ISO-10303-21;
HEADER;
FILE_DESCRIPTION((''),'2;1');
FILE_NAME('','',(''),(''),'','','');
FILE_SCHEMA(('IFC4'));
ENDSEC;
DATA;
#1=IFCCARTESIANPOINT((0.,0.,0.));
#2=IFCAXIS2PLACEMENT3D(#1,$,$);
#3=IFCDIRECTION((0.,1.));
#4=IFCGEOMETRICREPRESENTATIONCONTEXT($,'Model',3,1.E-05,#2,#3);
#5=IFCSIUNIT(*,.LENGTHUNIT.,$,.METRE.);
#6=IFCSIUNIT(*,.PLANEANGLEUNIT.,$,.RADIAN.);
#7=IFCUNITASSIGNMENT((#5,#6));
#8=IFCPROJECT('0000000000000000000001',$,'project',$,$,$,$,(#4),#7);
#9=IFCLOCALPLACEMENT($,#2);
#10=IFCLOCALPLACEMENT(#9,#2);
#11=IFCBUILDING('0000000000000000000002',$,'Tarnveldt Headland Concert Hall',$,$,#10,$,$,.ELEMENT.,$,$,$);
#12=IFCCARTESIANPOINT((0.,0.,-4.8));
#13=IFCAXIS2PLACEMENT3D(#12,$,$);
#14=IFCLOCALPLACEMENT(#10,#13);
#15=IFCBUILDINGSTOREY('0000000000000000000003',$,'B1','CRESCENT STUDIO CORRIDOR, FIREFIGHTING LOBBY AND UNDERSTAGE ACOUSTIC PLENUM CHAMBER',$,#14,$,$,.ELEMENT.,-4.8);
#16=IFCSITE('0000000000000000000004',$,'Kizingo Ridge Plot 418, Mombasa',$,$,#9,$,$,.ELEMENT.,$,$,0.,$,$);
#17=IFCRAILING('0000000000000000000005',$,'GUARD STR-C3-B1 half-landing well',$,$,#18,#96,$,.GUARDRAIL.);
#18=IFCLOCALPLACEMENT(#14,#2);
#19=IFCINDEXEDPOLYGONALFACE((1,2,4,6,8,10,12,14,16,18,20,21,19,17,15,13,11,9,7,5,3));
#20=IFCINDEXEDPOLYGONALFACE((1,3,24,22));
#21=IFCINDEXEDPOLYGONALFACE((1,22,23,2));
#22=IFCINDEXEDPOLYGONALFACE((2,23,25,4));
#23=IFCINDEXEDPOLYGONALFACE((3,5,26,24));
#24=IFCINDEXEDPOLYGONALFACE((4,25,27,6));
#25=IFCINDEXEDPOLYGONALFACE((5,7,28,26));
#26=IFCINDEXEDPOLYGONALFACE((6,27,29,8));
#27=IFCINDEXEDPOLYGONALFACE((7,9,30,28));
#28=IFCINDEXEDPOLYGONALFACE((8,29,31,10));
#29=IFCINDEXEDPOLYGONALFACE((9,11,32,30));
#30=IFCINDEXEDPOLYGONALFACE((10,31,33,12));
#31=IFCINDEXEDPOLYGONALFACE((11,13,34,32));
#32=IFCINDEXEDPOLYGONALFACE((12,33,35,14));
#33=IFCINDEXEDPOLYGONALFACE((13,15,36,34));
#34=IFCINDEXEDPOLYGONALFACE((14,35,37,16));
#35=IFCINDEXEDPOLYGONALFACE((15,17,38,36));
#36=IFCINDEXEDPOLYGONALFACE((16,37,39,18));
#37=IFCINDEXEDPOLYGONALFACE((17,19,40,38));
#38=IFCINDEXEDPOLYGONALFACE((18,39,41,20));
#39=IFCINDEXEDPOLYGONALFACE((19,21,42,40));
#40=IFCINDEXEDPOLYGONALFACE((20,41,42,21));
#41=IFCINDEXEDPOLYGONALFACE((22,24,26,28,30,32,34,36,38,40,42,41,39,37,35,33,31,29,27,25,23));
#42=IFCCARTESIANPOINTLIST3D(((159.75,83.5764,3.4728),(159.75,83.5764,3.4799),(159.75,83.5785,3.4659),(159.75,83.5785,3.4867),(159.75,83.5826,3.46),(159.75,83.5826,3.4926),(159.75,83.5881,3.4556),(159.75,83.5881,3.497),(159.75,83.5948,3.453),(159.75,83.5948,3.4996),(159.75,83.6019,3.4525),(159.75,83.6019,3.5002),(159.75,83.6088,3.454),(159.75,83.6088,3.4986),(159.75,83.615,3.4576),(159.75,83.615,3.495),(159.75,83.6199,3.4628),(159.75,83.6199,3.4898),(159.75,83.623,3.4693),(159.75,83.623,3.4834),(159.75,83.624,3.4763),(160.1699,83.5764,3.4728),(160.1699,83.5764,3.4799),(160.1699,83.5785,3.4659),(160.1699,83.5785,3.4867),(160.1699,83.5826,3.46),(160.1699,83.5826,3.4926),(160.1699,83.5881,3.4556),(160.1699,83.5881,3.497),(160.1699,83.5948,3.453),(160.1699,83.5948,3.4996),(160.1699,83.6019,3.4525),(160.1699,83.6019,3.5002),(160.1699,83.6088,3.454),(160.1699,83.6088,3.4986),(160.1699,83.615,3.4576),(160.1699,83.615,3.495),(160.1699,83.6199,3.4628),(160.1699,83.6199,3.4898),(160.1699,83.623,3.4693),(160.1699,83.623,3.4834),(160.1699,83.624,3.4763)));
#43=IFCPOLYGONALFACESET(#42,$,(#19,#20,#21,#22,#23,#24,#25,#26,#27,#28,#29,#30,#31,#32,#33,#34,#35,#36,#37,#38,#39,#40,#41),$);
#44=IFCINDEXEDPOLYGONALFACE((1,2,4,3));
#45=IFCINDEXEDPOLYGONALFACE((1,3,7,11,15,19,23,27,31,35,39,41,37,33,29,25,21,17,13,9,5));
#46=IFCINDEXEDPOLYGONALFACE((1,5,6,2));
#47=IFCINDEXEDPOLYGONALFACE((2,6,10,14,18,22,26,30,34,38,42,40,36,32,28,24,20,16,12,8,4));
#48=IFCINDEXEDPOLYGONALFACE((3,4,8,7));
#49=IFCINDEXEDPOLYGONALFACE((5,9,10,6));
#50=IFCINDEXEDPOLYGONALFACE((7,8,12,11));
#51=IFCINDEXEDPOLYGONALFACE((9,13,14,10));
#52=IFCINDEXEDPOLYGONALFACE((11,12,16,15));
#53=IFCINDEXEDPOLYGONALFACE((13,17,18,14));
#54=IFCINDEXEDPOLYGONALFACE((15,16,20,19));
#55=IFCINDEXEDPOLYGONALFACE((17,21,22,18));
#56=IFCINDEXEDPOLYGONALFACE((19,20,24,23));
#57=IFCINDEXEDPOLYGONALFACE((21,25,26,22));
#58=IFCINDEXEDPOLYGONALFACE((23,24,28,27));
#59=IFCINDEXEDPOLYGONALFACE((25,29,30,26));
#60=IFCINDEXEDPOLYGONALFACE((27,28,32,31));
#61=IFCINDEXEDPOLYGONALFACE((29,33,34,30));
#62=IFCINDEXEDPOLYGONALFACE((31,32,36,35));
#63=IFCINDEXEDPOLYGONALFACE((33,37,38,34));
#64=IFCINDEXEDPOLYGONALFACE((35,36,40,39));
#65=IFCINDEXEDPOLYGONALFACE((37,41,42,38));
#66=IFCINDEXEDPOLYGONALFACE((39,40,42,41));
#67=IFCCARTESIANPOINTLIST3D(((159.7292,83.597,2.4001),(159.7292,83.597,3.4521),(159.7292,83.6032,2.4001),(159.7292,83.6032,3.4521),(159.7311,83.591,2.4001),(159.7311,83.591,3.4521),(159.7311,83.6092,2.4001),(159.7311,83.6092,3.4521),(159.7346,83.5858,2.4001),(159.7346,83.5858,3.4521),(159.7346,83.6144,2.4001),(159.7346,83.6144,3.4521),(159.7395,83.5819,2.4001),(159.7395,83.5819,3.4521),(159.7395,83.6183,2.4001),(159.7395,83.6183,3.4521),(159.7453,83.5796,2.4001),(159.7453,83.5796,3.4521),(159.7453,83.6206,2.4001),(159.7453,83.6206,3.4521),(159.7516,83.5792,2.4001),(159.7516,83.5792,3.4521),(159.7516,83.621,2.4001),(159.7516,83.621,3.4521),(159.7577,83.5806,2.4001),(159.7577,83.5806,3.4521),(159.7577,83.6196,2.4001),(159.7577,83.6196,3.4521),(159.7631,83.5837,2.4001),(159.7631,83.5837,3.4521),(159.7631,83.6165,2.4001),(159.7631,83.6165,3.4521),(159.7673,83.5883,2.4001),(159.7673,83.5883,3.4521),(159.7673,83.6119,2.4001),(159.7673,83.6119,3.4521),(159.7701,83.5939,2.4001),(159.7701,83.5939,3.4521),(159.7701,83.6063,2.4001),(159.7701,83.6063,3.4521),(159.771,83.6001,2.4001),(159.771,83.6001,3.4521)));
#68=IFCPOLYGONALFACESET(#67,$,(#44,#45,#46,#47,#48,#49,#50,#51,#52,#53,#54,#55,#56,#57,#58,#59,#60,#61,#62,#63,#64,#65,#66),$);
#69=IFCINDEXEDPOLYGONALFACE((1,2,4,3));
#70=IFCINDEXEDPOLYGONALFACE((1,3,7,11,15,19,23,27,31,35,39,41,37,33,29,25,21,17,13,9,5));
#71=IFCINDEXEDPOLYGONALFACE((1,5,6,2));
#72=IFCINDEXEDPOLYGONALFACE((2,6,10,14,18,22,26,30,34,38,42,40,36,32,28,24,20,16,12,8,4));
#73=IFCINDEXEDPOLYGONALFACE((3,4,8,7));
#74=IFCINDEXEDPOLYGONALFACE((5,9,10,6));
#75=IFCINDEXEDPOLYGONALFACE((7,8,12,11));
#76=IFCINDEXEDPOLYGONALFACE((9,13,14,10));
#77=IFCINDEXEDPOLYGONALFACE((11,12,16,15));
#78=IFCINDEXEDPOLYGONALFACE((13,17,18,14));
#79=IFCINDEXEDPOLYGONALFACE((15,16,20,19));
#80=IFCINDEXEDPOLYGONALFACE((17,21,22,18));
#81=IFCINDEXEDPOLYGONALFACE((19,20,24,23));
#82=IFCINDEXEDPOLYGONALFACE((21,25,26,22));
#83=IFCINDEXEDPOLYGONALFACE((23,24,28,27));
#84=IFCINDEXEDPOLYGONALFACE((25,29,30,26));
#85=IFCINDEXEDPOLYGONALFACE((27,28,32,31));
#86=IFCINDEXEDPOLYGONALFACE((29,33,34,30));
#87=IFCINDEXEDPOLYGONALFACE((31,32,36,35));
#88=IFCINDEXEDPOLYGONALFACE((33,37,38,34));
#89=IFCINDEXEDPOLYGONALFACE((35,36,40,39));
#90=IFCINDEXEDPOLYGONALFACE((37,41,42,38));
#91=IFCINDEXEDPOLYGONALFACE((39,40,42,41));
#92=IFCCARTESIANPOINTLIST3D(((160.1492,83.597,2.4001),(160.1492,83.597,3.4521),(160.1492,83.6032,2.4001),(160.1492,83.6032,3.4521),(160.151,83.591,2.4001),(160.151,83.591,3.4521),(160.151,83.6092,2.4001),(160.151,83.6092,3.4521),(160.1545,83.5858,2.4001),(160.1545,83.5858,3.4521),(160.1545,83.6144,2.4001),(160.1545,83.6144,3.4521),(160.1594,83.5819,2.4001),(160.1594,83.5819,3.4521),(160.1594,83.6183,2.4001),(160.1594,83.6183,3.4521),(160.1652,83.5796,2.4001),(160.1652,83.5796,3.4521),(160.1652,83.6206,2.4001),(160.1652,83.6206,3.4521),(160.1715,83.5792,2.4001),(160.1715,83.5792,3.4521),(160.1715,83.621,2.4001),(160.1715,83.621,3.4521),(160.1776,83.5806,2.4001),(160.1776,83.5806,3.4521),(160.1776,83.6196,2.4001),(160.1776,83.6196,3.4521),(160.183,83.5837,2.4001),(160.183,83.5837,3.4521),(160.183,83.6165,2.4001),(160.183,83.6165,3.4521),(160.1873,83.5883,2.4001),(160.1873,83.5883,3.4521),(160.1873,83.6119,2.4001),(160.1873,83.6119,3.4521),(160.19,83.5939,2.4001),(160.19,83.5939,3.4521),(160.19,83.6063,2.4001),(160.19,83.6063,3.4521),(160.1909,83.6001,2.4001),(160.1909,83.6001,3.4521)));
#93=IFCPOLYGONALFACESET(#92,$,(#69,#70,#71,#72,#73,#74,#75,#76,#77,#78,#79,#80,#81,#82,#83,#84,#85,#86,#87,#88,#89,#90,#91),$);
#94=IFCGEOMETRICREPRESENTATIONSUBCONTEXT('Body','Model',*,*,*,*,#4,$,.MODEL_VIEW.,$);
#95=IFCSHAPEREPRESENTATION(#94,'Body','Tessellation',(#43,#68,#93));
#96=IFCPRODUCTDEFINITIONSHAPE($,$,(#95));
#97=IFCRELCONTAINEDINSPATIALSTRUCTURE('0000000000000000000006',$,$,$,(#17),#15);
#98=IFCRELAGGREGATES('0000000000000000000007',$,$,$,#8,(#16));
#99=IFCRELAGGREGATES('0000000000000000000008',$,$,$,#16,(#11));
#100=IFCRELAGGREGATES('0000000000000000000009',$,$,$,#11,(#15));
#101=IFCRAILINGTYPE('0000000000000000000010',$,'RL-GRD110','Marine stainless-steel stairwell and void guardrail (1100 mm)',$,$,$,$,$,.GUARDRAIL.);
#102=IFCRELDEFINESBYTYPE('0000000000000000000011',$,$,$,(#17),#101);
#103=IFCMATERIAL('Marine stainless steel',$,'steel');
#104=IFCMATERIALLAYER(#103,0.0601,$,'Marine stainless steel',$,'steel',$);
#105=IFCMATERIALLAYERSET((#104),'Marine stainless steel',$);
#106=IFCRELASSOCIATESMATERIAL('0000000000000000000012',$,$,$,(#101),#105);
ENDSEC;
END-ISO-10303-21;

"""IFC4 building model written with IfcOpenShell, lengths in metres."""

from ifc_helpers import new_model, si_unit, direction, frame, origin, origin_2d, place, context, subcontext, project, spatial, circle, extrude, material, layer, layer_set, type_object, element, save


model = new_model("IFC4")

# Units and contexts
model_context = context("Model", 3, precision=1e-05, world=origin(), true_north=direction((0.0, 1.0)))
body_context = subcontext(model_context, "Body", "Model", "MODEL_VIEW")
ifc_project = project(units=[si_unit("LENGTHUNIT", "METRE"), si_unit("PLANEANGLEUNIT", "RADIAN")], contexts=[model_context])

# Site, building, storey
site_placement = place(None, origin())
site = spatial("IfcSite", under=ifc_project, at=site_placement, Name="Kizingo Ridge Plot 418, Mombasa", CompositionType="ELEMENT", RefElevation=0.0)
building_placement = place(site_placement, origin())
building = spatial("IfcBuilding", under=site, at=building_placement, Name="Tarnveldt Headland Concert Hall", CompositionType="ELEMENT")
storey_placement = place(building_placement, frame((0.0, 0.0, -4.8)))
storey = spatial("IfcBuildingStorey", under=building, at=storey_placement, Name="B1", Description="CRESCENT STUDIO CORRIDOR, FIREFIGHTING LOBBY AND UNDERSTAGE ACOUSTIC PLENUM CHAMBER", CompositionType="ELEMENT", Elevation=-4.8)

# Railing
ifc_material_1 = material(Name="Marine stainless steel", Category="steel")
ifc_layer_1 = layer(ifc_material_1, 0.0601, Name="Marine stainless steel", Category="steel")
ifc_layer_set_1 = layer_set([ifc_layer_1], Name="Marine stainless steel")
railing_type_1 = type_object("IfcRailingType", Name="RL-GRD110", Description="Marine stainless-steel stairwell and void guardrail (1100 mm)", PredefinedType="GUARDRAIL", material=ifc_layer_set_1)
railing_1_placement = place(storey_placement, frame((159.75, 83.6001, 2.4001)))
element("IfcRailing", 1, at=railing_1_placement, inside=storey, type_object=railing_type_1, Name="GUARD STR-C3-B1 half-landing well", PredefinedType="GUARDRAIL", context=body_context, shape_type="SweptSolid", body=[
    extrude(circle(Radius=0.0239, at=origin_2d()), frame((0.0, 0.0, 1.0762), z_axis=(1.0, 0.0, 0.0), x_axis=(0.0, 1.0, 0.0)), (0.0, 0.0, 1.0), 0.4199),
    extrude(circle(Radius=0.021, at=origin_2d()), origin(), (0.0, 0.0, 1.0), 1.052),
    extrude(circle(Radius=0.021, at=origin_2d()), frame((0.4199, 0.0, 0.0)), (0.0, 0.0, 1.0), 1.052),
])

save(model, "model.ifc")
